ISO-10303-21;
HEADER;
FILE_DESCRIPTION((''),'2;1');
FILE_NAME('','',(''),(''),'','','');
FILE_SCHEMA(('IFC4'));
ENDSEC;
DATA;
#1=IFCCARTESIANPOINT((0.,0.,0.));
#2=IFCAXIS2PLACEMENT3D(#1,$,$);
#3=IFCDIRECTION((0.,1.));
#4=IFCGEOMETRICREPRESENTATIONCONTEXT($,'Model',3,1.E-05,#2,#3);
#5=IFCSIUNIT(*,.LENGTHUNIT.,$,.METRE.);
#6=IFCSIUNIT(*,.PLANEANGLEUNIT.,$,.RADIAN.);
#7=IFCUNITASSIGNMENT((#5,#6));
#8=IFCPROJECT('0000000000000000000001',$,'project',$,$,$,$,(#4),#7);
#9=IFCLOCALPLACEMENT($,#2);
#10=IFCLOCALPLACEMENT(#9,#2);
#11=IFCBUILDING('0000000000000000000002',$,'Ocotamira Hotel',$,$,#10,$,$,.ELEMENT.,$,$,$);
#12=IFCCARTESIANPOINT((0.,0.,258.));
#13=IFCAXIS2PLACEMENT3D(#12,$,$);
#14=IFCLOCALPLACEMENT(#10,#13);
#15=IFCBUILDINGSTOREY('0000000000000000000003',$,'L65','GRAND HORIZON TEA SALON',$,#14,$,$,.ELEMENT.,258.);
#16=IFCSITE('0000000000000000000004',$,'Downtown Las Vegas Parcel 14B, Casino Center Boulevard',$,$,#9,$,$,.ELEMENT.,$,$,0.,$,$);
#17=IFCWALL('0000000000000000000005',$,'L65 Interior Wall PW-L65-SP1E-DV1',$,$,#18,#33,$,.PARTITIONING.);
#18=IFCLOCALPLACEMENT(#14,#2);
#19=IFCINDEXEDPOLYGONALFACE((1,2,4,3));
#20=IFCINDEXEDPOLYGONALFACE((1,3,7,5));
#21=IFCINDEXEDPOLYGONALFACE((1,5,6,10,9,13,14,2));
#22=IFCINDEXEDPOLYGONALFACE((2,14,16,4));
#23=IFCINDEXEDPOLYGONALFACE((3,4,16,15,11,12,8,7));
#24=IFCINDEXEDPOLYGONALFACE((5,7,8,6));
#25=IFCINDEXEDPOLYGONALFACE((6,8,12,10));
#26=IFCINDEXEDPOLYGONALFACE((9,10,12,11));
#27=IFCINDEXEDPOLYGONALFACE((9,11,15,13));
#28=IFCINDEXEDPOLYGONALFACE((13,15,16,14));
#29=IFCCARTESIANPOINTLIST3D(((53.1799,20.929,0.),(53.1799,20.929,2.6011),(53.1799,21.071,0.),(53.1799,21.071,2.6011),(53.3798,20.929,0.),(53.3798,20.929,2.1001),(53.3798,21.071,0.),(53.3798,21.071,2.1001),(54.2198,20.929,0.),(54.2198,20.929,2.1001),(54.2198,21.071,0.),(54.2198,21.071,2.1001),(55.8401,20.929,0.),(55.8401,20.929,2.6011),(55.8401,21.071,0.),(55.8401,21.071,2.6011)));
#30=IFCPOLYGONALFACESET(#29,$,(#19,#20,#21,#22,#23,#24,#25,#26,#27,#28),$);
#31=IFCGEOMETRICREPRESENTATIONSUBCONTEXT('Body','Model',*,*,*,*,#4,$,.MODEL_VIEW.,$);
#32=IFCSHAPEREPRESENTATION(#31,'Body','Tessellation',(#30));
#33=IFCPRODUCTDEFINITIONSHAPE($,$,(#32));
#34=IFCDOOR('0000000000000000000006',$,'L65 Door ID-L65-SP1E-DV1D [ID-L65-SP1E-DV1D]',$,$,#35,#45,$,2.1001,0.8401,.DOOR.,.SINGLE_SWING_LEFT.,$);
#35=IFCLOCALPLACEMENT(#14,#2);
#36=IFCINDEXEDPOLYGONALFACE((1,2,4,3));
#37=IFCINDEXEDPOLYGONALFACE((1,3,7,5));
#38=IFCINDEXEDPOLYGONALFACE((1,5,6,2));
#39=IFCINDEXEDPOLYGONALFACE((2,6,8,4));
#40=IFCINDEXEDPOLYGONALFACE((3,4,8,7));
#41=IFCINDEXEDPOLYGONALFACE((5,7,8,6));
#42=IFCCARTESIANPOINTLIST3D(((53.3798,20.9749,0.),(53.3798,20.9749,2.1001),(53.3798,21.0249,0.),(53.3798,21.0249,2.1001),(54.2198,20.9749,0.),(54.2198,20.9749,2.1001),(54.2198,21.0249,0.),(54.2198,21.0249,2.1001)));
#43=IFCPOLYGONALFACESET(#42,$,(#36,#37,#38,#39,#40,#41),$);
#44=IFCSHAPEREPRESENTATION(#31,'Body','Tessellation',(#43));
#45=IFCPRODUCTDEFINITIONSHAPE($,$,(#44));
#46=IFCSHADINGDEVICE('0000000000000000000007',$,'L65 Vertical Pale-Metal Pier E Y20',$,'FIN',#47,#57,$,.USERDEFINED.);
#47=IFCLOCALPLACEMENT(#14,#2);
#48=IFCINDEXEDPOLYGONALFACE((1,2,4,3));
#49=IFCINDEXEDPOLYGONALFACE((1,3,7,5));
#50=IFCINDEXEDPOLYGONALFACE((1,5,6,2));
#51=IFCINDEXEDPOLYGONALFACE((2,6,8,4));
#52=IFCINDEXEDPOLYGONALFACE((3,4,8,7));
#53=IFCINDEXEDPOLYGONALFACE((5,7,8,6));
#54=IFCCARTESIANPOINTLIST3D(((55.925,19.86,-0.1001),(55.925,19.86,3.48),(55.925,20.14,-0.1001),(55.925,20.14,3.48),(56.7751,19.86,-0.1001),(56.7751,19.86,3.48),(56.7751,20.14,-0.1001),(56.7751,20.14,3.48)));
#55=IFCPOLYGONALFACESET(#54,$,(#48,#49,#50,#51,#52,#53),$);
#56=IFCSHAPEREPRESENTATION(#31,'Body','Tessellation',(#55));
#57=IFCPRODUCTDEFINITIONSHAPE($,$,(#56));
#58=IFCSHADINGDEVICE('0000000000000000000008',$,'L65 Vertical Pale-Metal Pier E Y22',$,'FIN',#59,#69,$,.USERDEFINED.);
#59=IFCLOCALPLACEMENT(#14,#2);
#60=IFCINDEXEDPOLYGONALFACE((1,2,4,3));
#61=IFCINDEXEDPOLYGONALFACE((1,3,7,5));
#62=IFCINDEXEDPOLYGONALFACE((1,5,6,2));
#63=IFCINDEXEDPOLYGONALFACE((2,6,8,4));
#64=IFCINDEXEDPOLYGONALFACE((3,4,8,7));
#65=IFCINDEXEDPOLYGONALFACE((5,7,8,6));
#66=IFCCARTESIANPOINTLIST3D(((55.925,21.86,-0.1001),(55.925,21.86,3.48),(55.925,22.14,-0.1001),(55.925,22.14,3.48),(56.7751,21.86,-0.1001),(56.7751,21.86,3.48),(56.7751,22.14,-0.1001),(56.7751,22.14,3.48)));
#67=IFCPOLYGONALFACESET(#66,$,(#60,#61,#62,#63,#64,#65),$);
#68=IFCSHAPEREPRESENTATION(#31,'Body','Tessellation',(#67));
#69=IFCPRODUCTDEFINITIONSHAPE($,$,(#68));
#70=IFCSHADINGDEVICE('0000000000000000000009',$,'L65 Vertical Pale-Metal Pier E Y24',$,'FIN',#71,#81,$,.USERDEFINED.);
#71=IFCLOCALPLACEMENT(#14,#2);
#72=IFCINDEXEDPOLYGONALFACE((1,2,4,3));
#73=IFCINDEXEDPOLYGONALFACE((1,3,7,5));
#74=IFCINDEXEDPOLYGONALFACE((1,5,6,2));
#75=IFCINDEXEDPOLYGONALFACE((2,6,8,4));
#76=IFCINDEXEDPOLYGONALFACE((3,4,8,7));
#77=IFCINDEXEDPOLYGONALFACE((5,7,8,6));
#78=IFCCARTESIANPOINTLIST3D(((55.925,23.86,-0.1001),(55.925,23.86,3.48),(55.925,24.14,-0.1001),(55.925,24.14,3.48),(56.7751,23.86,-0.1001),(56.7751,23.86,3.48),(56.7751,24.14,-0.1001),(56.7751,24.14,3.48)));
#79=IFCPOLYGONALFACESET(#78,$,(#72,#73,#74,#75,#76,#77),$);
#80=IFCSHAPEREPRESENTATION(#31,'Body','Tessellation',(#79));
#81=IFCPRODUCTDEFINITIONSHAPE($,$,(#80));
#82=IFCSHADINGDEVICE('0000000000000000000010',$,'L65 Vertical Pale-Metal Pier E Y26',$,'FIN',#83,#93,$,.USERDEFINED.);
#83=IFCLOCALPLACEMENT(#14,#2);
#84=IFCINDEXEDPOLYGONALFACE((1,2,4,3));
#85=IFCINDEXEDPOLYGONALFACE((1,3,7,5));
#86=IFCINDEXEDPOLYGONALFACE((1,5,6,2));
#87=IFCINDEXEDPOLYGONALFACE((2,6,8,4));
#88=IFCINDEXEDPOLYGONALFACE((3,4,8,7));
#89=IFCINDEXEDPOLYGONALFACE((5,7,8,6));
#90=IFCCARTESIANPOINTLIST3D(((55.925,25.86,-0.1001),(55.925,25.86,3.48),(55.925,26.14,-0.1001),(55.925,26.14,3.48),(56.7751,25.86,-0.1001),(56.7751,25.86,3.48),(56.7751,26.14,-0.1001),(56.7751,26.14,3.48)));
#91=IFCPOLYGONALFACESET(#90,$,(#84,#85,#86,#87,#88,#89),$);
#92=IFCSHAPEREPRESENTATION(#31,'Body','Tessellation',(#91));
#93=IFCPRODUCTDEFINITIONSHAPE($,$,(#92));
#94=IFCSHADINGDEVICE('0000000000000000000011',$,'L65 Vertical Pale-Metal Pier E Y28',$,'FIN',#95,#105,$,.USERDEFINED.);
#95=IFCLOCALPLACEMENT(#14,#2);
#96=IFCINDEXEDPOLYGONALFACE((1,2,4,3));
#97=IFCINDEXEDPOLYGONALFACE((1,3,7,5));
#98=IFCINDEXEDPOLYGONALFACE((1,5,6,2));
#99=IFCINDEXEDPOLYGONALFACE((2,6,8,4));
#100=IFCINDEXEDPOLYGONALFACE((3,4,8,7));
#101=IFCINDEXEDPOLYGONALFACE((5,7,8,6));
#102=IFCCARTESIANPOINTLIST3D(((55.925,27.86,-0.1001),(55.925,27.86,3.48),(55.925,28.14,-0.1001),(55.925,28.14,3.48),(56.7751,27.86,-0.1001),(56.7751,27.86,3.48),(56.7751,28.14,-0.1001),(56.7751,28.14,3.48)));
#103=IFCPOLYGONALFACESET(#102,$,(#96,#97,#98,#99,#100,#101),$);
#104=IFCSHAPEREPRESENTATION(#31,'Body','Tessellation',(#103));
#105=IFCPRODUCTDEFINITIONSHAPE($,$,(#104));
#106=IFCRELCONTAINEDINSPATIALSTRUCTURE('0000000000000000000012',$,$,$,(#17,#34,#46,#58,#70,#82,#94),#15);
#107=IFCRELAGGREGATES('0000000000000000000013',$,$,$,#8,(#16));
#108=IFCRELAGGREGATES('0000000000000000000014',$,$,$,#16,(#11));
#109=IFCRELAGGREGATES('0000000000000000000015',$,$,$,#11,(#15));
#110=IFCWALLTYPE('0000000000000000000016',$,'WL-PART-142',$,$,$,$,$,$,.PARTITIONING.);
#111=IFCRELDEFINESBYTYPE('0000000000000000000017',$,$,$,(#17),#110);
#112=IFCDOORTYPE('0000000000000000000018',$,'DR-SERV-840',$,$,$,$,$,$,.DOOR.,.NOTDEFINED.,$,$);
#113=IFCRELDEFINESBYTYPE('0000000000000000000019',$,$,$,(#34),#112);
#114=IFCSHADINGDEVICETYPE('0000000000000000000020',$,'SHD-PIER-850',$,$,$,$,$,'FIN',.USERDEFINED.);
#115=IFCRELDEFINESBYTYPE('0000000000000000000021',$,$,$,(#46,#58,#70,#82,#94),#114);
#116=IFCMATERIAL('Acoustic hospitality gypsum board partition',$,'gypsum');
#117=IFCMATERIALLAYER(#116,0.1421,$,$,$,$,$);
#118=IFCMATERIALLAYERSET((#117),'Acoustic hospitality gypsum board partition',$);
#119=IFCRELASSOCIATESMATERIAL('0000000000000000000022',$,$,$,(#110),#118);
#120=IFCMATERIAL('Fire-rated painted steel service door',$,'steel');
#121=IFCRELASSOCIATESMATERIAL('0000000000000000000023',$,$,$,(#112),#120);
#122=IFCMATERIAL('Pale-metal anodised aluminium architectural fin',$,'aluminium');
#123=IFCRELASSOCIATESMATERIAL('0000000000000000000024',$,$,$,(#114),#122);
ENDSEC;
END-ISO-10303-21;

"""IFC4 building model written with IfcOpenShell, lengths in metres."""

from ifc_helpers import new_model, si_unit, direction, frame, frame_2d, origin, origin_2d, place, context, subcontext, project, spatial, rectangle, extrude, source, transform, mapped, material, layer, layer_set, type_object, element, fill, save


model = new_model("IFC4")

# Units and contexts
model_context = context("Model", 3, precision=1e-05, world=origin(), true_north=direction((0.0, 1.0)))
body_context = subcontext(model_context, "Body", "Model", "MODEL_VIEW")
ifc_project = project(units=[si_unit("LENGTHUNIT", "METRE"), si_unit("PLANEANGLEUNIT", "RADIAN")], contexts=[model_context])

# Site, building, storey
site_placement = place(None, origin())
site = spatial("IfcSite", under=ifc_project, at=site_placement, Name="Downtown Las Vegas Parcel 14B, Casino Center Boulevard", CompositionType="ELEMENT", RefElevation=0.0)
building_placement = place(site_placement, origin())
building = spatial("IfcBuilding", under=site, at=building_placement, Name="Ocotamira Hotel", CompositionType="ELEMENT")
storey_placement = place(building_placement, frame((0.0, 0.0, 258.0)))
storey = spatial("IfcBuildingStorey", under=building, at=storey_placement, Name="L65", Description="GRAND HORIZON TEA SALON", CompositionType="ELEMENT", Elevation=258.0)

# Wall, opening, door
ifc_material_1 = material(Name="Acoustic hospitality gypsum board partition", Category="gypsum")
ifc_layer_1 = layer(ifc_material_1, 0.1421)
ifc_layer_set_1 = layer_set([ifc_layer_1], Name="Acoustic hospitality gypsum board partition")
wall_type = type_object("IfcWallType", Name="WL-PART-142", PredefinedType="PARTITIONING", material=ifc_layer_set_1)
wall_placement = place(storey_placement, frame((53.1799, 21.0, 0.0), z_axis=(0.0, 0.0, 1.0), x_axis=(1.0, 0.0, 0.0)))
wall = element("IfcWall", 1, at=wall_placement, inside=storey, type_object=wall_type, Name="L65 Interior Wall PW-L65-SP1E-DV1", PredefinedType="PARTITIONING", context=body_context, shape_type="SweptSolid", body=[
    extrude(rectangle(XDim=2.6602, YDim=0.1421, at=frame_2d((1.3301, 0.0))), origin(), (0.0, 0.0, 1.0), 2.6011),
])
opening_placement = place(wall_placement, frame((0.2, 0.0, 0.0)))
opening = element("IfcOpeningElement", 2, at=opening_placement, cuts=wall, PredefinedType="OPENING", context=body_context, shape_type="SweptSolid", body=[
    extrude(rectangle(XDim=0.8401, YDim=2.1001, at=frame_2d((0.4199, 1.05))), frame((0.0, 0.0811, 0.0), z_axis=(0.0, -1.0, 0.0), x_axis=(1.0, 0.0, 0.0)), (0.0, 0.0, 1.0), 0.1621),
])
ifc_material_2 = material(Name="Fire-rated painted steel service door", Category="steel")
door_type = type_object("IfcDoorType", Name="DR-SERV-840", OperationType="NOTDEFINED", PredefinedType="DOOR", material=ifc_material_2)
shared_shape_1 = source(origin(), body_context, "Body", "SweptSolid", [
    extrude(rectangle(XDim=0.8401, YDim=2.1001, at=frame_2d((0.4199, 1.05))), frame((0.0, 0.0249, 0.0), z_axis=(0.0, -1.0, 0.0), x_axis=(1.0, 0.0, 0.0)), (0.0, 0.0, 1.0), 0.05),
])
door_placement = place(opening_placement, origin())
door = element("IfcDoor", 3, at=door_placement, inside=storey, type_object=door_type, Name="L65 Door ID-L65-SP1E-DV1D [ID-L65-SP1E-DV1D]", OperationType="SINGLE_SWING_LEFT", OverallHeight=2.1001, OverallWidth=0.8401, PredefinedType="DOOR", context=body_context, shape_type="MappedRepresentation", body=[
    mapped(shared_shape_1, transform((0.0, 0.0, 0.0), scale=1.0)),
])
fill(opening, door)

# Shading devices
ifc_material_3 = material(Name="Pale-metal anodised aluminium architectural fin", Category="aluminium")
shading_device_type = type_object("IfcShadingDeviceType", Name="SHD-PIER-850", ElementType="FIN", PredefinedType="USERDEFINED", material=ifc_material_3)
shared_shape_2 = source(origin(), body_context, "Body", "SweptSolid", [
    extrude(rectangle(XDim=0.8501, YDim=0.28, at=origin_2d()), origin(), (0.0, 0.0, 1.0), 3.5801),
])
for number, where, z_axis, x_axis, name in (
    (4, (56.3501, 20.0, -0.1001), (0.0, 0.0, 1.0), (1.0, 0.0, 0.0), "L65 Vertical Pale-Metal Pier E Y20"),
    (5, (56.3501, 22.0, -0.1001), (0.0, 0.0, 1.0), (1.0, 0.0, 0.0), "L65 Vertical Pale-Metal Pier E Y22"),
    (6, (56.3501, 24.0, -0.1001), (0.0, 0.0, 1.0), (1.0, 0.0, 0.0), "L65 Vertical Pale-Metal Pier E Y24"),
    (7, (56.3501, 26.0, -0.1001), (0.0, 0.0, 1.0), (1.0, 0.0, 0.0), "L65 Vertical Pale-Metal Pier E Y26"),
    (8, (56.3501, 28.0, -0.1001), (0.0, 0.0, 1.0), (1.0, 0.0, 0.0), "L65 Vertical Pale-Metal Pier E Y28"),
):
    element("IfcShadingDevice", number, at=place(storey_placement, frame(where, z_axis=z_axis, x_axis=x_axis)), inside=storey, type_object=shading_device_type, Name=name, ObjectType="FIN", PredefinedType="USERDEFINED", context=body_context, shape_type="MappedRepresentation", body=[
        mapped(shared_shape_2, transform((0.0, 0.0, 0.0), scale=1.0)),
    ])

save(model, "model.ifc")
